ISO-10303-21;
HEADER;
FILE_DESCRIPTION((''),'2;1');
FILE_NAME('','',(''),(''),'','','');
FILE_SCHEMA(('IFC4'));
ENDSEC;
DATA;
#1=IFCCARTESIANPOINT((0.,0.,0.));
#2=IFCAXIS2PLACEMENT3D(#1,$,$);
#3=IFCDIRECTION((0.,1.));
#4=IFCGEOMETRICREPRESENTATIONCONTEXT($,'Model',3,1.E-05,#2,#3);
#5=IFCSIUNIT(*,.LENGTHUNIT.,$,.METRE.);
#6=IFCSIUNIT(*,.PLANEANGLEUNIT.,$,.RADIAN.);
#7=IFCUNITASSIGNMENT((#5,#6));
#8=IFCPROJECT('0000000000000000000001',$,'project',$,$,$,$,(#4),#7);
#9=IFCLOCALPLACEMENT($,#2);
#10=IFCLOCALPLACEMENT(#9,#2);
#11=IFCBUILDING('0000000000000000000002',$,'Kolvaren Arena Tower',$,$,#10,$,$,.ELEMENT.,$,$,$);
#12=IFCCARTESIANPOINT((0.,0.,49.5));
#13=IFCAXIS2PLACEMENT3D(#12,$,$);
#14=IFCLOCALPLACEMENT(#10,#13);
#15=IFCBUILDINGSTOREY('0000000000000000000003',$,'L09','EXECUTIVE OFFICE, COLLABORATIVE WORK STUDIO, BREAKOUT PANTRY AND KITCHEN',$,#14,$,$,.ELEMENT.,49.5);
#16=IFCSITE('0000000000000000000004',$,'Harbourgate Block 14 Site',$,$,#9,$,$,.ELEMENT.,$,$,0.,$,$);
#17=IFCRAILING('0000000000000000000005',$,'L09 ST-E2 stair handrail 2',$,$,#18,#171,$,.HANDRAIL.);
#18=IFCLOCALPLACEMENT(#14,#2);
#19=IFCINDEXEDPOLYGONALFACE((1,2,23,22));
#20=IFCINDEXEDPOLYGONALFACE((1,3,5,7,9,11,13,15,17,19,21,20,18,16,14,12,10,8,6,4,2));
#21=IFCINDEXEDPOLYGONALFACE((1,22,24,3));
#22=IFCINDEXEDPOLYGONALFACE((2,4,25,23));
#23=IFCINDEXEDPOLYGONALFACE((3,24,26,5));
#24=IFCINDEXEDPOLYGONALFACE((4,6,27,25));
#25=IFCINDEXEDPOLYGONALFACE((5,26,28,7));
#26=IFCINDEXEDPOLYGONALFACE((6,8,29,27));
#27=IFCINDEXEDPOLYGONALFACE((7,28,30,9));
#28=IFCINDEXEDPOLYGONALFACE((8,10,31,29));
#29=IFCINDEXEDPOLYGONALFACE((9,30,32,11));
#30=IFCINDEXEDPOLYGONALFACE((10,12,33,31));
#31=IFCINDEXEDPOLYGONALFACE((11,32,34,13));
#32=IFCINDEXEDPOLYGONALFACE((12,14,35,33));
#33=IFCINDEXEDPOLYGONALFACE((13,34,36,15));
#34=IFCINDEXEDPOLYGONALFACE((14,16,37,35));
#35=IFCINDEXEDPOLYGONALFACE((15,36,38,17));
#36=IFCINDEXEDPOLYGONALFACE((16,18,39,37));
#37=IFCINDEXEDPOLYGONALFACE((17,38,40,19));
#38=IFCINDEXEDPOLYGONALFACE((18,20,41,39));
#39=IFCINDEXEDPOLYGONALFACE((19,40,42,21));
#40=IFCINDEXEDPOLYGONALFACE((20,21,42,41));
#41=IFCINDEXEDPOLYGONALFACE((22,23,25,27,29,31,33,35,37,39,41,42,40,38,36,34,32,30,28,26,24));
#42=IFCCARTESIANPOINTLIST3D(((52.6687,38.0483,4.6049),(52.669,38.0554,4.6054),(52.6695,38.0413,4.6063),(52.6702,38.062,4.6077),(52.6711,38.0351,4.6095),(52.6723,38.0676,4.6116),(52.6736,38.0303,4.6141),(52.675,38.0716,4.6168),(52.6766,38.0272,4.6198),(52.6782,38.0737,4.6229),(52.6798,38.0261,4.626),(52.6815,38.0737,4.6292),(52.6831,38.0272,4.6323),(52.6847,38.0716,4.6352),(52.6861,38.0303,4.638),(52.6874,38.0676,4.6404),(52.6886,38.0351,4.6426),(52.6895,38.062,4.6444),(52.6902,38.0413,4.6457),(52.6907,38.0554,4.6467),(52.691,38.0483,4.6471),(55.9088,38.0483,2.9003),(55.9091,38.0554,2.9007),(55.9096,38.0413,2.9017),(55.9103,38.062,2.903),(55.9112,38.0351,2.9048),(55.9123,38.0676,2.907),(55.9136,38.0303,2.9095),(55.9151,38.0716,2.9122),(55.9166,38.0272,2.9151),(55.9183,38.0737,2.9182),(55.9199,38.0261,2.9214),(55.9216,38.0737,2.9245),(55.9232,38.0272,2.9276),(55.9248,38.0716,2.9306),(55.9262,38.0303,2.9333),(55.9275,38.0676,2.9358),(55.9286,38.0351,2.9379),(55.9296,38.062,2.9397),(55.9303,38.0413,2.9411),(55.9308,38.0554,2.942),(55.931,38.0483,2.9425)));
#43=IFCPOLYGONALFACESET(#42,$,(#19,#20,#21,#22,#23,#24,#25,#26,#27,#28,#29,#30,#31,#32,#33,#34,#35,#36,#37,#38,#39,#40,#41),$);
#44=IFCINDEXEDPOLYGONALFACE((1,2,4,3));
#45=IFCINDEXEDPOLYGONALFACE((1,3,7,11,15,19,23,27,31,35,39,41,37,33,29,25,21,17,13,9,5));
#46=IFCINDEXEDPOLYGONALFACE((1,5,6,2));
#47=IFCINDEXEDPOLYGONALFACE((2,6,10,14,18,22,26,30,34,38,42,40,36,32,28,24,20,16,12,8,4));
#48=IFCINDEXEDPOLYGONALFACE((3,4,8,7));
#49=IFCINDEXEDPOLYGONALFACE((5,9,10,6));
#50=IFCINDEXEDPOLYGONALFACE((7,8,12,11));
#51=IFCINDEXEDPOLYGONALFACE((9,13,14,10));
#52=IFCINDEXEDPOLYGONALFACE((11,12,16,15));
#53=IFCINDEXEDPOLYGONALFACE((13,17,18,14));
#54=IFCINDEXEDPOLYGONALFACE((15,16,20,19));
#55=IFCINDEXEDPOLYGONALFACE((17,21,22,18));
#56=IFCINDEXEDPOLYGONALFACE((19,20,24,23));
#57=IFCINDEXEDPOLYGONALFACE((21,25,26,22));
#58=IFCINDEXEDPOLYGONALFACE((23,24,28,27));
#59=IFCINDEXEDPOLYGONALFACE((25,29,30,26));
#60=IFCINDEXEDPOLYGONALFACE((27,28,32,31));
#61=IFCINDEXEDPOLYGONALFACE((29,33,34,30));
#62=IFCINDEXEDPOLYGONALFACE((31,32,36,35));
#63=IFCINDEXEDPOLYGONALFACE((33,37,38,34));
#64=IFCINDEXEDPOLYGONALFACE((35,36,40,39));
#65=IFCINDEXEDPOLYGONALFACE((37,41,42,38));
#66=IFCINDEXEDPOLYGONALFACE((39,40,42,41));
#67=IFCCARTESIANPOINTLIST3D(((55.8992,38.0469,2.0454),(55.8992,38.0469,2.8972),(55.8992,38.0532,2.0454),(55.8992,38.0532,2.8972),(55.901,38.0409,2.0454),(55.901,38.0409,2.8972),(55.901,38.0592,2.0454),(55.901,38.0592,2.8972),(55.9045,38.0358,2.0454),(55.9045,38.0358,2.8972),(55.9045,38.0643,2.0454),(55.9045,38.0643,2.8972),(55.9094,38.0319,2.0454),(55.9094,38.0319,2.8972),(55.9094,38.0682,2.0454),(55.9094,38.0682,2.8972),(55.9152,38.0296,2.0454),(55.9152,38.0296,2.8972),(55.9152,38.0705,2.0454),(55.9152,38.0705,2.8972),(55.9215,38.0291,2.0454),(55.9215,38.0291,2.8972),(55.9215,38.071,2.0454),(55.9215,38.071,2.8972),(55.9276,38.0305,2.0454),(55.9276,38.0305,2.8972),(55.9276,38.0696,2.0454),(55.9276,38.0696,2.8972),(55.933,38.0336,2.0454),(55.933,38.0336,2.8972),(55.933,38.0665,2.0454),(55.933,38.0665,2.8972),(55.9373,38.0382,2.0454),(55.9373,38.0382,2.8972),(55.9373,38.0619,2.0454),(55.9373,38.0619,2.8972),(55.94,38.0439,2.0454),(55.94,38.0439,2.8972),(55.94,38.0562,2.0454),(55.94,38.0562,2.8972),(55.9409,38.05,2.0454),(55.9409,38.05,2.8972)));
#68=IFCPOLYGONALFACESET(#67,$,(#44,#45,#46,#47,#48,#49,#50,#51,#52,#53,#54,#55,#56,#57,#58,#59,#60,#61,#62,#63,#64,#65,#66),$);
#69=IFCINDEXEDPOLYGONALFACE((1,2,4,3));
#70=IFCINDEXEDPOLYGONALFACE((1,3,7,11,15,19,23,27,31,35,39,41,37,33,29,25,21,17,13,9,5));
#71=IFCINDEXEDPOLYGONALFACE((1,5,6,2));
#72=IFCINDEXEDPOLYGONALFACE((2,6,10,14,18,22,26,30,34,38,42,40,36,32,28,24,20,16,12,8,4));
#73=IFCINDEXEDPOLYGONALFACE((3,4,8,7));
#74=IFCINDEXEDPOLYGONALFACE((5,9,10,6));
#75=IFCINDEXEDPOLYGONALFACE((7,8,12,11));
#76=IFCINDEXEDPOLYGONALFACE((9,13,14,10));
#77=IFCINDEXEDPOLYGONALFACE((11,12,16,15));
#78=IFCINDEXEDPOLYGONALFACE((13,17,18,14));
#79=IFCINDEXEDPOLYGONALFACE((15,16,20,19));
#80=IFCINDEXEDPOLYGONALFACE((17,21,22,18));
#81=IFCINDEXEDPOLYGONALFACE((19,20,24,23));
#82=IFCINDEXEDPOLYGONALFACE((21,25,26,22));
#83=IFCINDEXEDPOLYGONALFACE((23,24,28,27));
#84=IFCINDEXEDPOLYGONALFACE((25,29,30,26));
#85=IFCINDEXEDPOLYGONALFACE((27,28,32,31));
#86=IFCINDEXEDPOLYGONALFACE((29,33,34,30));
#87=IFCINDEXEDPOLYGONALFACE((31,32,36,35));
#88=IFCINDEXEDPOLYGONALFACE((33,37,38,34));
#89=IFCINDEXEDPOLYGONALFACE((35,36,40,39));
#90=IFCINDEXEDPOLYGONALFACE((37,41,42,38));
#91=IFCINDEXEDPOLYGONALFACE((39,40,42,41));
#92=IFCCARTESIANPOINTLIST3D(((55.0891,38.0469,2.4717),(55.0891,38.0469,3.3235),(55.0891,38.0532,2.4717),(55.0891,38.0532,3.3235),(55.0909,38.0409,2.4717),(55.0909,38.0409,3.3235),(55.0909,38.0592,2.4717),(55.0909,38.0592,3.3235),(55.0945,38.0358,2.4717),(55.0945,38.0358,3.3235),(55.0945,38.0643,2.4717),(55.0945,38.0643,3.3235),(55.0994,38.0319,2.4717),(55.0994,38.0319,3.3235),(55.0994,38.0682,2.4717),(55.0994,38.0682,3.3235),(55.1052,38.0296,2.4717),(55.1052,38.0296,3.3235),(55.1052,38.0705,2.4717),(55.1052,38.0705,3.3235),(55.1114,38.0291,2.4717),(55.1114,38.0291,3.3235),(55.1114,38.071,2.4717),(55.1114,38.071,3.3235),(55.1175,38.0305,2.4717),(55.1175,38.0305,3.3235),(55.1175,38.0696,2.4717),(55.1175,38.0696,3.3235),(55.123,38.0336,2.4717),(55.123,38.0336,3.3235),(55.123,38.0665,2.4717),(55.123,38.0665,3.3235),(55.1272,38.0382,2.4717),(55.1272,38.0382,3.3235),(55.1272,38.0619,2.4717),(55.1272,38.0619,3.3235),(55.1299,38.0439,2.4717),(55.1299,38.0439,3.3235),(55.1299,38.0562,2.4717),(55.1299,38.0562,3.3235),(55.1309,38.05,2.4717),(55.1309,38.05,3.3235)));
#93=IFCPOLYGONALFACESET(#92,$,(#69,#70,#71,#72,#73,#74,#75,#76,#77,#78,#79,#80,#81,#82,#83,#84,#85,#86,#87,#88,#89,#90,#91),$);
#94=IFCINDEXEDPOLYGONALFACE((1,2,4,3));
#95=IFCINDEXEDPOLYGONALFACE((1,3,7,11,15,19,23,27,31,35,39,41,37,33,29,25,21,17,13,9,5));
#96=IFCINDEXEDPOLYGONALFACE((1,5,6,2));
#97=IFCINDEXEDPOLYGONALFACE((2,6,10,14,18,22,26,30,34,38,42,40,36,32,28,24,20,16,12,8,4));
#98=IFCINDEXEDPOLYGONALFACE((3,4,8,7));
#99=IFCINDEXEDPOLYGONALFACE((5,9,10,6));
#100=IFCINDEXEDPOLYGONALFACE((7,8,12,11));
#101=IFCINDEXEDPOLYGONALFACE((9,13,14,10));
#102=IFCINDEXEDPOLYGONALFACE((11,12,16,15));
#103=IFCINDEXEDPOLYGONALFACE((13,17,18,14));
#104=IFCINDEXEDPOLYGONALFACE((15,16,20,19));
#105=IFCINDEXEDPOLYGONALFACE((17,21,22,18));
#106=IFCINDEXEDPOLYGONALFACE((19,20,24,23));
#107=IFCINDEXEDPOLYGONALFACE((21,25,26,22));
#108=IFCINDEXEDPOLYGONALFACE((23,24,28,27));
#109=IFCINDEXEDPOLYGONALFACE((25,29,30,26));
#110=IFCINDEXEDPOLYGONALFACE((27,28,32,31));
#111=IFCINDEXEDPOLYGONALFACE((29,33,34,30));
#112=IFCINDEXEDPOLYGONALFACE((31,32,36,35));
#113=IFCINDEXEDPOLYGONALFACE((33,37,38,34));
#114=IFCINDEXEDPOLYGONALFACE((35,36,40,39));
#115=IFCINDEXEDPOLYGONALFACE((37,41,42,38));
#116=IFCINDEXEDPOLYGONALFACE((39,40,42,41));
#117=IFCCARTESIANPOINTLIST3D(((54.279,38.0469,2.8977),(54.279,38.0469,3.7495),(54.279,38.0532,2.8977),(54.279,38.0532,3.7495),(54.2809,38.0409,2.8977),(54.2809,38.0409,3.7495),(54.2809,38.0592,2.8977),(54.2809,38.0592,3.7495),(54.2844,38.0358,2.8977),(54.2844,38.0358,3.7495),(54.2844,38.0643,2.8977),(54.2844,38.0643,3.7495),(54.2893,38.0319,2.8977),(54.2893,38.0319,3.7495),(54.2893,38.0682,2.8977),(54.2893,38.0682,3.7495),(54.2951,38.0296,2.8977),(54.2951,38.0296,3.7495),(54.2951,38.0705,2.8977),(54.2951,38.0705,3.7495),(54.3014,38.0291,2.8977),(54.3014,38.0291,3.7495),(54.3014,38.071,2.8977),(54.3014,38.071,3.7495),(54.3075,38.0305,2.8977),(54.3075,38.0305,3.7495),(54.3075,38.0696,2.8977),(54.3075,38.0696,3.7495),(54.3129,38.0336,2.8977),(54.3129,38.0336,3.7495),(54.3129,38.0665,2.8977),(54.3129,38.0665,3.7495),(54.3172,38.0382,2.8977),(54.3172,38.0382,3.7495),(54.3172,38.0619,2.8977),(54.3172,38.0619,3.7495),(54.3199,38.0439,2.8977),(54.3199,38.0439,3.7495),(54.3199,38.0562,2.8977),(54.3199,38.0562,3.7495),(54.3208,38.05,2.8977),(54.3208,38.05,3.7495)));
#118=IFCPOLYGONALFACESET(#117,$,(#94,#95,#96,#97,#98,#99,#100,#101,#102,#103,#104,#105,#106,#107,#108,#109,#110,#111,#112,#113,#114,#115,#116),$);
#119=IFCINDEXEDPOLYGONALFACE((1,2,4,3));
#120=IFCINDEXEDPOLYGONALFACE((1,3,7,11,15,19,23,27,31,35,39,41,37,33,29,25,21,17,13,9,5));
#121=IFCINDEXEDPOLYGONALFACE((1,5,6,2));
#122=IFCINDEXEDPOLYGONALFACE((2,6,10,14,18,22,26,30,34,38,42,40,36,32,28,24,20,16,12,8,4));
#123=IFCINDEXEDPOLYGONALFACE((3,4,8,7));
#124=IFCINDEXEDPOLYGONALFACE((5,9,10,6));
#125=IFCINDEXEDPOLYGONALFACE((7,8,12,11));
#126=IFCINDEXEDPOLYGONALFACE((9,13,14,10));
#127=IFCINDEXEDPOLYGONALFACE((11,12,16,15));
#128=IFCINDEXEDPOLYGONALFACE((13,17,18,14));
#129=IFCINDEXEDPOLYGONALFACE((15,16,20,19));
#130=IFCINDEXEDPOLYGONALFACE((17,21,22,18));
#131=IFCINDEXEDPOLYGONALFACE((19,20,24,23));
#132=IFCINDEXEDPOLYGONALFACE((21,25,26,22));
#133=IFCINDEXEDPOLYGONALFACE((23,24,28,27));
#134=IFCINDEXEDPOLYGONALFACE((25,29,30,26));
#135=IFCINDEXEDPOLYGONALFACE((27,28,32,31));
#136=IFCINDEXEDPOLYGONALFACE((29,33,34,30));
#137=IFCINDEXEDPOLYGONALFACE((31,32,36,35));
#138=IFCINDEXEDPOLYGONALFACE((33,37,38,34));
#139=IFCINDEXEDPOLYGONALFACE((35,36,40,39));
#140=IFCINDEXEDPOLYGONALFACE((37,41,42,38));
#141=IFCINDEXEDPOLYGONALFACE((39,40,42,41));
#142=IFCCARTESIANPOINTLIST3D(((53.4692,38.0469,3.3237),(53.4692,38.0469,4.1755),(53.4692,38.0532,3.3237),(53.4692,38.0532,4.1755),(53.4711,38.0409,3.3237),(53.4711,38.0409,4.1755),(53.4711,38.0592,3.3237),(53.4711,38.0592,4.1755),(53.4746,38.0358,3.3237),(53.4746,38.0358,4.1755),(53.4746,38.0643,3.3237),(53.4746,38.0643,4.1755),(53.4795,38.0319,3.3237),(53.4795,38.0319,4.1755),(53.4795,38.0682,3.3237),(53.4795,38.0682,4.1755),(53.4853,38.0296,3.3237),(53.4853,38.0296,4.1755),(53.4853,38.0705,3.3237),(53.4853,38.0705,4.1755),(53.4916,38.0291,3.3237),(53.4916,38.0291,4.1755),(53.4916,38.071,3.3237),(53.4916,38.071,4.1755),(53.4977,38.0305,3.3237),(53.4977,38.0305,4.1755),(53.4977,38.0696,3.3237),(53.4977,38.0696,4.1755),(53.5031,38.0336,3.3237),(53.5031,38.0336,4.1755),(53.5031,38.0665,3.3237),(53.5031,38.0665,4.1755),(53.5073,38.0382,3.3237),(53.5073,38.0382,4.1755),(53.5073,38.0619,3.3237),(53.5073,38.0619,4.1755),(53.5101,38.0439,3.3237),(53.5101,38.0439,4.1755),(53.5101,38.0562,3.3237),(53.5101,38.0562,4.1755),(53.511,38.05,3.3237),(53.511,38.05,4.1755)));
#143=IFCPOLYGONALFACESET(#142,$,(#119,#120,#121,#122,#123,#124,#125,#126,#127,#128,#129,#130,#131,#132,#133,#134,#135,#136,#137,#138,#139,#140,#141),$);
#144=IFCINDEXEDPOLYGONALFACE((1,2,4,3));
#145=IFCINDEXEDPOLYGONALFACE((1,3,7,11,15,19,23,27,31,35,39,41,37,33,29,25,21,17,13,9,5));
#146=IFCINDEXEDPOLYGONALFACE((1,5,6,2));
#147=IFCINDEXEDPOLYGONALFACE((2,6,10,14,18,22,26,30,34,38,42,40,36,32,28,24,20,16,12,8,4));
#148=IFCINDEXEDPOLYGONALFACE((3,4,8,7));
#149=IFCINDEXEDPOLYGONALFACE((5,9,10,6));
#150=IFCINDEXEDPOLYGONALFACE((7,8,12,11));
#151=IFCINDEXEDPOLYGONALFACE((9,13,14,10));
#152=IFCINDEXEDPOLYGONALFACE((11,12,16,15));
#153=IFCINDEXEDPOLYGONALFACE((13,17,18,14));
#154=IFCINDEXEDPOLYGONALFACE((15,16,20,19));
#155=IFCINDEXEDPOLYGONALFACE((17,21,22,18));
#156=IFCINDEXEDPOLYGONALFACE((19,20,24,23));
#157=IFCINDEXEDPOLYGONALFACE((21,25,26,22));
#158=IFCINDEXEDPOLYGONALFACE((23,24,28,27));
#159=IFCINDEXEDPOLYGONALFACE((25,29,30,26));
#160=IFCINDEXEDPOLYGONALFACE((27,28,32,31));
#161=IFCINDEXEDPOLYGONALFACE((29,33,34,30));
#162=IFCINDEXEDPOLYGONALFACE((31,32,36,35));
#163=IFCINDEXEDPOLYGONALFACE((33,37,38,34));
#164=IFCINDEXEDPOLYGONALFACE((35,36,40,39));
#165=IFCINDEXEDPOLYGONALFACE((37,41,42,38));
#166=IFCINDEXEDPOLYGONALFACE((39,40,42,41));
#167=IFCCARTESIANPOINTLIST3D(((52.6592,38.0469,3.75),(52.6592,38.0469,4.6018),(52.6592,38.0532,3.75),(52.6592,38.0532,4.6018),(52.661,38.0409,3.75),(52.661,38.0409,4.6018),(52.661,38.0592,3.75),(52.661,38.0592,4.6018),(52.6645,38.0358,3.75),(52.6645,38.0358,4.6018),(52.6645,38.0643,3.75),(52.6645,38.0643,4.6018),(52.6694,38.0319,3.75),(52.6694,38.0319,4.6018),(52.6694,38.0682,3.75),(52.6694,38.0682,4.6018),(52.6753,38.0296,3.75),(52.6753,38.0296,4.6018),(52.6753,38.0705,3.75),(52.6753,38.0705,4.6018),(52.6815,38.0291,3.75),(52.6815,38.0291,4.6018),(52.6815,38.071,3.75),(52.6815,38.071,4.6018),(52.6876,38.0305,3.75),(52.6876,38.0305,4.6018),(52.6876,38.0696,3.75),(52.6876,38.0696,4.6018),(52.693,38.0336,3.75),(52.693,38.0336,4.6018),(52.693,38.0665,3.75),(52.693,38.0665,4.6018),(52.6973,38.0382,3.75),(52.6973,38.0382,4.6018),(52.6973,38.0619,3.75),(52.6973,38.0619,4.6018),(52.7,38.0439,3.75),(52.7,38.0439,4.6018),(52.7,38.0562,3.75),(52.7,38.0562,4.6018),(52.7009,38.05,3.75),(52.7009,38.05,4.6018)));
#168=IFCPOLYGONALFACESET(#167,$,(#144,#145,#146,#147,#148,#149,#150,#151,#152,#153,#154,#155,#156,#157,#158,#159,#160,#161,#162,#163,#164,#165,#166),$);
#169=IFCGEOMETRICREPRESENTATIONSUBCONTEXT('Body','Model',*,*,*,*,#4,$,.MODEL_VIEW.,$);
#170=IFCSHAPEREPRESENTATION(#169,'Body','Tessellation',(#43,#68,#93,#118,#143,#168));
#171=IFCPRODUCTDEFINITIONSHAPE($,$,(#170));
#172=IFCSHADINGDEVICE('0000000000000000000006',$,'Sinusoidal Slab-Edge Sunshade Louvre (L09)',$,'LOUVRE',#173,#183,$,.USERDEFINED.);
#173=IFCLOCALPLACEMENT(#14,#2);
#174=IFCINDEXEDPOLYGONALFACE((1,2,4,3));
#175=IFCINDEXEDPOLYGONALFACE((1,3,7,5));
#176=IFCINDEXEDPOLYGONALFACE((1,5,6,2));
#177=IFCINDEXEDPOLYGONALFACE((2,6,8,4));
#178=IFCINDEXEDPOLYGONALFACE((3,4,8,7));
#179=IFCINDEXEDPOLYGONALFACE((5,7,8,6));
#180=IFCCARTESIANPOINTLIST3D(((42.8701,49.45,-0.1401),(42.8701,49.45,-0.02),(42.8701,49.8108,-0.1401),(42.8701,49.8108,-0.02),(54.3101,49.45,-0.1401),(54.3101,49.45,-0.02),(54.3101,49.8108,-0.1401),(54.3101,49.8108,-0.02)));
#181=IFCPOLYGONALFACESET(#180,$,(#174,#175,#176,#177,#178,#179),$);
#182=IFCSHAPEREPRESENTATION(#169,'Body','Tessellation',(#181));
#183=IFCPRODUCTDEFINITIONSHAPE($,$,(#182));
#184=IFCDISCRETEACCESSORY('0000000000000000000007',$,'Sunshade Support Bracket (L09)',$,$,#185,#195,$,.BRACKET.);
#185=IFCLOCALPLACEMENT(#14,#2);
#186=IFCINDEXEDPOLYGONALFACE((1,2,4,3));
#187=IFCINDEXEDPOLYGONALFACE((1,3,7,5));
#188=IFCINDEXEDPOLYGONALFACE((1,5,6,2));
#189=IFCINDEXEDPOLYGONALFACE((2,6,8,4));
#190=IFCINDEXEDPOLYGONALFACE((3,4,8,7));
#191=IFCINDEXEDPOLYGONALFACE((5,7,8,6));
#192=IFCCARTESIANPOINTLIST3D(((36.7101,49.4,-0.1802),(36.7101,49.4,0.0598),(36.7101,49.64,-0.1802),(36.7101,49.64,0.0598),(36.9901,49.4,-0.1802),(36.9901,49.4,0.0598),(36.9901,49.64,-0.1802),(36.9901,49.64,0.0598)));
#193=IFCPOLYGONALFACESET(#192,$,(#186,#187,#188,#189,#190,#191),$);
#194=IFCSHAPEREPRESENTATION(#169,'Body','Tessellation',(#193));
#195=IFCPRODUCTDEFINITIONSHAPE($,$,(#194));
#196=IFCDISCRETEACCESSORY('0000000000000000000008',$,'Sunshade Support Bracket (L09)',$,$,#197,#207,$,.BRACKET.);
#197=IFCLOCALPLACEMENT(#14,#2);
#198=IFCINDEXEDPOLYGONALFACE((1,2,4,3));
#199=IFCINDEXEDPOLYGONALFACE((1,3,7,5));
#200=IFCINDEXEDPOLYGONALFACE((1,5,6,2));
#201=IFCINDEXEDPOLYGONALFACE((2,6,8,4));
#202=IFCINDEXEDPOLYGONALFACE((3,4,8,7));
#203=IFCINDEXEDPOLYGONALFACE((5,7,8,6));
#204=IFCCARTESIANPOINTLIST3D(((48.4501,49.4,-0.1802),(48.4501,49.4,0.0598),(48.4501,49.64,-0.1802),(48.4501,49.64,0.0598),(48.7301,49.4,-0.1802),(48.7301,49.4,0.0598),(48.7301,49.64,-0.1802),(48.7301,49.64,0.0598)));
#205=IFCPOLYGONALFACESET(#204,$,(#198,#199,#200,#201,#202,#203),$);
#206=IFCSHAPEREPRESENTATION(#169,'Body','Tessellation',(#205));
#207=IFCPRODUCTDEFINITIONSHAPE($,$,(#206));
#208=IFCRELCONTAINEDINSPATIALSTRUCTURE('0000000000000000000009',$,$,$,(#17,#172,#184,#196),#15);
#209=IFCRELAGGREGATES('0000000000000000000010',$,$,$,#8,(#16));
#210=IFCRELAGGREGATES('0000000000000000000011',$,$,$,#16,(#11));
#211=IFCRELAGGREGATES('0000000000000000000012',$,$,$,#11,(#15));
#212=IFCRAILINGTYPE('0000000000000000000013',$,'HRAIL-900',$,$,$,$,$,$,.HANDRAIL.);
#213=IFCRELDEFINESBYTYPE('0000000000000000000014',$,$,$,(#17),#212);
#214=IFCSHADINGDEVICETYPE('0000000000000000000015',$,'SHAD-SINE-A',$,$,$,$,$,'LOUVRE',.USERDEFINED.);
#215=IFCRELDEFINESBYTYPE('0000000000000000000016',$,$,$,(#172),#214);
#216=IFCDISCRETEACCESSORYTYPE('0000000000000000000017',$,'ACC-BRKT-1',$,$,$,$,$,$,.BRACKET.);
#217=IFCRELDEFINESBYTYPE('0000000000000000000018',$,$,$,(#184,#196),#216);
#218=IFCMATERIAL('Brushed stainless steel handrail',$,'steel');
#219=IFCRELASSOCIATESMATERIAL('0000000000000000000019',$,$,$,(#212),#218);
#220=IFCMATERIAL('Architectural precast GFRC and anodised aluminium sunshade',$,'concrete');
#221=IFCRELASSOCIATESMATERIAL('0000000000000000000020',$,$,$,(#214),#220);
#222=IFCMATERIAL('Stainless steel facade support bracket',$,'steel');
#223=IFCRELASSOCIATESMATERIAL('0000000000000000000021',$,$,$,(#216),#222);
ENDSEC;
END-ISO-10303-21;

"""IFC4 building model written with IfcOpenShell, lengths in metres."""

from ifc_helpers import new_model, si_unit, direction, frame, origin, origin_2d, place, context, subcontext, project, spatial, rectangle, circle, extrude, material, type_object, element, save


model = new_model("IFC4")

# Units and contexts
model_context = context("Model", 3, precision=1e-05, world=origin(), true_north=direction((0.0, 1.0)))
body_context = subcontext(model_context, "Body", "Model", "MODEL_VIEW")
ifc_project = project(units=[si_unit("LENGTHUNIT", "METRE"), si_unit("PLANEANGLEUNIT", "RADIAN")], contexts=[model_context])

# Site, building, storey
site_placement = place(None, origin())
site = spatial("IfcSite", under=ifc_project, at=site_placement, Name="Harbourgate Block 14 Site", CompositionType="ELEMENT", RefElevation=0.0)
building_placement = place(site_placement, origin())
building = spatial("IfcBuilding", under=site, at=building_placement, Name="Kolvaren Arena Tower", CompositionType="ELEMENT")
storey_placement = place(building_placement, frame((0.0, 0.0, 49.5)))
storey = spatial("IfcBuildingStorey", under=building, at=storey_placement, Name="L09", Description="EXECUTIVE OFFICE, COLLABORATIVE WORK STUDIO, BREAKOUT PANTRY AND KITCHEN", CompositionType="ELEMENT", Elevation=49.5)

# Railing
ifc_material_1 = material(Name="Brushed stainless steel handrail", Category="steel")
railing_type_1 = type_object("IfcRailingType", Name="HRAIL-900", PredefinedType="HANDRAIL", material=ifc_material_1)
railing_1_placement = place(storey_placement, frame((55.9199, 38.05, 2.0454)))
element("IfcRailing", 1, at=railing_1_placement, inside=storey, type_object=railing_type_1, Name="L09 ST-E2 stair handrail 2", PredefinedType="HANDRAIL", context=body_context, shape_type="SweptSolid", body=[
    extrude(circle(Radius=0.0239, at=origin_2d()), frame((0.0, 0.0, 0.876), z_axis=(-0.884993, 0.0, 0.465604), x_axis=(0.0, -1.0, 0.0)), (0.0, 0.0, 1.0), 3.6611),
    extrude(circle(Radius=0.021, at=origin_2d()), origin(), (0.0, 0.0, 1.0), 0.8518),
    extrude(circle(Radius=0.021, at=origin_2d()), frame((-0.8101, 0.0, 0.4263)), (0.0, 0.0, 1.0), 0.8518),
    extrude(circle(Radius=0.021, at=origin_2d()), frame((-1.6201, 0.0, 0.8523)), (0.0, 0.0, 1.0), 0.8518),
    extrude(circle(Radius=0.021, at=origin_2d()), frame((-2.4299, 0.0, 1.2783)), (0.0, 0.0, 1.0), 0.8518),
    extrude(circle(Radius=0.021, at=origin_2d()), frame((-3.24, 0.0, 1.7046)), (0.0, 0.0, 1.0), 0.8518),
])

# Shading device
ifc_material_2 = material(Name="Architectural precast GFRC and anodised aluminium sunshade", Category="concrete")
shading_device_type = type_object("IfcShadingDeviceType", Name="SHAD-SINE-A", ElementType="LOUVRE", PredefinedType="USERDEFINED", material=ifc_material_2)
shading_device_placement = place(storey_placement, frame((48.5901, 49.6304, -0.1401), z_axis=(0.0, 0.0, 1.0), x_axis=(1.0, 0.0, 0.0)))
element("IfcShadingDevice", 2, at=shading_device_placement, inside=storey, type_object=shading_device_type, Name="Sinusoidal Slab-Edge Sunshade Louvre (L09)", ObjectType="LOUVRE", PredefinedType="USERDEFINED", context=body_context, shape_type="SweptSolid", body=[
    extrude(rectangle(XDim=11.4399, YDim=0.3608, at=origin_2d()), origin(), (0.0, 0.0, 1.0), 0.1201),
])

# Discrete accessories
ifc_material_3 = material(Name="Stainless steel facade support bracket", Category="steel")
discrete_accessory_type = type_object("IfcDiscreteAccessoryType", Name="ACC-BRKT-1", PredefinedType="BRACKET", material=ifc_material_3)
for number, where, z_axis, x_axis, name in (
    (3, (36.8501, 49.52, -0.1802), (0.0, 0.0, 1.0), (1.0, 0.0, 0.0), "Sunshade Support Bracket (L09)"),
    (4, (48.5901, 49.52, -0.1802), (0.0, 0.0, 1.0), (1.0, 0.0, 0.0), "Sunshade Support Bracket (L09)"),
):
    element("IfcDiscreteAccessory", number, at=place(storey_placement, frame(where, z_axis=z_axis, x_axis=x_axis)), inside=storey, type_object=discrete_accessory_type, Name=name, PredefinedType="BRACKET", context=body_context, shape_type="SweptSolid", body=[
        extrude(rectangle(XDim=0.28, YDim=0.24, at=origin_2d()), origin(), (0.0, 0.0, 1.0), 0.24),
    ])

save(model, "model.ifc")
